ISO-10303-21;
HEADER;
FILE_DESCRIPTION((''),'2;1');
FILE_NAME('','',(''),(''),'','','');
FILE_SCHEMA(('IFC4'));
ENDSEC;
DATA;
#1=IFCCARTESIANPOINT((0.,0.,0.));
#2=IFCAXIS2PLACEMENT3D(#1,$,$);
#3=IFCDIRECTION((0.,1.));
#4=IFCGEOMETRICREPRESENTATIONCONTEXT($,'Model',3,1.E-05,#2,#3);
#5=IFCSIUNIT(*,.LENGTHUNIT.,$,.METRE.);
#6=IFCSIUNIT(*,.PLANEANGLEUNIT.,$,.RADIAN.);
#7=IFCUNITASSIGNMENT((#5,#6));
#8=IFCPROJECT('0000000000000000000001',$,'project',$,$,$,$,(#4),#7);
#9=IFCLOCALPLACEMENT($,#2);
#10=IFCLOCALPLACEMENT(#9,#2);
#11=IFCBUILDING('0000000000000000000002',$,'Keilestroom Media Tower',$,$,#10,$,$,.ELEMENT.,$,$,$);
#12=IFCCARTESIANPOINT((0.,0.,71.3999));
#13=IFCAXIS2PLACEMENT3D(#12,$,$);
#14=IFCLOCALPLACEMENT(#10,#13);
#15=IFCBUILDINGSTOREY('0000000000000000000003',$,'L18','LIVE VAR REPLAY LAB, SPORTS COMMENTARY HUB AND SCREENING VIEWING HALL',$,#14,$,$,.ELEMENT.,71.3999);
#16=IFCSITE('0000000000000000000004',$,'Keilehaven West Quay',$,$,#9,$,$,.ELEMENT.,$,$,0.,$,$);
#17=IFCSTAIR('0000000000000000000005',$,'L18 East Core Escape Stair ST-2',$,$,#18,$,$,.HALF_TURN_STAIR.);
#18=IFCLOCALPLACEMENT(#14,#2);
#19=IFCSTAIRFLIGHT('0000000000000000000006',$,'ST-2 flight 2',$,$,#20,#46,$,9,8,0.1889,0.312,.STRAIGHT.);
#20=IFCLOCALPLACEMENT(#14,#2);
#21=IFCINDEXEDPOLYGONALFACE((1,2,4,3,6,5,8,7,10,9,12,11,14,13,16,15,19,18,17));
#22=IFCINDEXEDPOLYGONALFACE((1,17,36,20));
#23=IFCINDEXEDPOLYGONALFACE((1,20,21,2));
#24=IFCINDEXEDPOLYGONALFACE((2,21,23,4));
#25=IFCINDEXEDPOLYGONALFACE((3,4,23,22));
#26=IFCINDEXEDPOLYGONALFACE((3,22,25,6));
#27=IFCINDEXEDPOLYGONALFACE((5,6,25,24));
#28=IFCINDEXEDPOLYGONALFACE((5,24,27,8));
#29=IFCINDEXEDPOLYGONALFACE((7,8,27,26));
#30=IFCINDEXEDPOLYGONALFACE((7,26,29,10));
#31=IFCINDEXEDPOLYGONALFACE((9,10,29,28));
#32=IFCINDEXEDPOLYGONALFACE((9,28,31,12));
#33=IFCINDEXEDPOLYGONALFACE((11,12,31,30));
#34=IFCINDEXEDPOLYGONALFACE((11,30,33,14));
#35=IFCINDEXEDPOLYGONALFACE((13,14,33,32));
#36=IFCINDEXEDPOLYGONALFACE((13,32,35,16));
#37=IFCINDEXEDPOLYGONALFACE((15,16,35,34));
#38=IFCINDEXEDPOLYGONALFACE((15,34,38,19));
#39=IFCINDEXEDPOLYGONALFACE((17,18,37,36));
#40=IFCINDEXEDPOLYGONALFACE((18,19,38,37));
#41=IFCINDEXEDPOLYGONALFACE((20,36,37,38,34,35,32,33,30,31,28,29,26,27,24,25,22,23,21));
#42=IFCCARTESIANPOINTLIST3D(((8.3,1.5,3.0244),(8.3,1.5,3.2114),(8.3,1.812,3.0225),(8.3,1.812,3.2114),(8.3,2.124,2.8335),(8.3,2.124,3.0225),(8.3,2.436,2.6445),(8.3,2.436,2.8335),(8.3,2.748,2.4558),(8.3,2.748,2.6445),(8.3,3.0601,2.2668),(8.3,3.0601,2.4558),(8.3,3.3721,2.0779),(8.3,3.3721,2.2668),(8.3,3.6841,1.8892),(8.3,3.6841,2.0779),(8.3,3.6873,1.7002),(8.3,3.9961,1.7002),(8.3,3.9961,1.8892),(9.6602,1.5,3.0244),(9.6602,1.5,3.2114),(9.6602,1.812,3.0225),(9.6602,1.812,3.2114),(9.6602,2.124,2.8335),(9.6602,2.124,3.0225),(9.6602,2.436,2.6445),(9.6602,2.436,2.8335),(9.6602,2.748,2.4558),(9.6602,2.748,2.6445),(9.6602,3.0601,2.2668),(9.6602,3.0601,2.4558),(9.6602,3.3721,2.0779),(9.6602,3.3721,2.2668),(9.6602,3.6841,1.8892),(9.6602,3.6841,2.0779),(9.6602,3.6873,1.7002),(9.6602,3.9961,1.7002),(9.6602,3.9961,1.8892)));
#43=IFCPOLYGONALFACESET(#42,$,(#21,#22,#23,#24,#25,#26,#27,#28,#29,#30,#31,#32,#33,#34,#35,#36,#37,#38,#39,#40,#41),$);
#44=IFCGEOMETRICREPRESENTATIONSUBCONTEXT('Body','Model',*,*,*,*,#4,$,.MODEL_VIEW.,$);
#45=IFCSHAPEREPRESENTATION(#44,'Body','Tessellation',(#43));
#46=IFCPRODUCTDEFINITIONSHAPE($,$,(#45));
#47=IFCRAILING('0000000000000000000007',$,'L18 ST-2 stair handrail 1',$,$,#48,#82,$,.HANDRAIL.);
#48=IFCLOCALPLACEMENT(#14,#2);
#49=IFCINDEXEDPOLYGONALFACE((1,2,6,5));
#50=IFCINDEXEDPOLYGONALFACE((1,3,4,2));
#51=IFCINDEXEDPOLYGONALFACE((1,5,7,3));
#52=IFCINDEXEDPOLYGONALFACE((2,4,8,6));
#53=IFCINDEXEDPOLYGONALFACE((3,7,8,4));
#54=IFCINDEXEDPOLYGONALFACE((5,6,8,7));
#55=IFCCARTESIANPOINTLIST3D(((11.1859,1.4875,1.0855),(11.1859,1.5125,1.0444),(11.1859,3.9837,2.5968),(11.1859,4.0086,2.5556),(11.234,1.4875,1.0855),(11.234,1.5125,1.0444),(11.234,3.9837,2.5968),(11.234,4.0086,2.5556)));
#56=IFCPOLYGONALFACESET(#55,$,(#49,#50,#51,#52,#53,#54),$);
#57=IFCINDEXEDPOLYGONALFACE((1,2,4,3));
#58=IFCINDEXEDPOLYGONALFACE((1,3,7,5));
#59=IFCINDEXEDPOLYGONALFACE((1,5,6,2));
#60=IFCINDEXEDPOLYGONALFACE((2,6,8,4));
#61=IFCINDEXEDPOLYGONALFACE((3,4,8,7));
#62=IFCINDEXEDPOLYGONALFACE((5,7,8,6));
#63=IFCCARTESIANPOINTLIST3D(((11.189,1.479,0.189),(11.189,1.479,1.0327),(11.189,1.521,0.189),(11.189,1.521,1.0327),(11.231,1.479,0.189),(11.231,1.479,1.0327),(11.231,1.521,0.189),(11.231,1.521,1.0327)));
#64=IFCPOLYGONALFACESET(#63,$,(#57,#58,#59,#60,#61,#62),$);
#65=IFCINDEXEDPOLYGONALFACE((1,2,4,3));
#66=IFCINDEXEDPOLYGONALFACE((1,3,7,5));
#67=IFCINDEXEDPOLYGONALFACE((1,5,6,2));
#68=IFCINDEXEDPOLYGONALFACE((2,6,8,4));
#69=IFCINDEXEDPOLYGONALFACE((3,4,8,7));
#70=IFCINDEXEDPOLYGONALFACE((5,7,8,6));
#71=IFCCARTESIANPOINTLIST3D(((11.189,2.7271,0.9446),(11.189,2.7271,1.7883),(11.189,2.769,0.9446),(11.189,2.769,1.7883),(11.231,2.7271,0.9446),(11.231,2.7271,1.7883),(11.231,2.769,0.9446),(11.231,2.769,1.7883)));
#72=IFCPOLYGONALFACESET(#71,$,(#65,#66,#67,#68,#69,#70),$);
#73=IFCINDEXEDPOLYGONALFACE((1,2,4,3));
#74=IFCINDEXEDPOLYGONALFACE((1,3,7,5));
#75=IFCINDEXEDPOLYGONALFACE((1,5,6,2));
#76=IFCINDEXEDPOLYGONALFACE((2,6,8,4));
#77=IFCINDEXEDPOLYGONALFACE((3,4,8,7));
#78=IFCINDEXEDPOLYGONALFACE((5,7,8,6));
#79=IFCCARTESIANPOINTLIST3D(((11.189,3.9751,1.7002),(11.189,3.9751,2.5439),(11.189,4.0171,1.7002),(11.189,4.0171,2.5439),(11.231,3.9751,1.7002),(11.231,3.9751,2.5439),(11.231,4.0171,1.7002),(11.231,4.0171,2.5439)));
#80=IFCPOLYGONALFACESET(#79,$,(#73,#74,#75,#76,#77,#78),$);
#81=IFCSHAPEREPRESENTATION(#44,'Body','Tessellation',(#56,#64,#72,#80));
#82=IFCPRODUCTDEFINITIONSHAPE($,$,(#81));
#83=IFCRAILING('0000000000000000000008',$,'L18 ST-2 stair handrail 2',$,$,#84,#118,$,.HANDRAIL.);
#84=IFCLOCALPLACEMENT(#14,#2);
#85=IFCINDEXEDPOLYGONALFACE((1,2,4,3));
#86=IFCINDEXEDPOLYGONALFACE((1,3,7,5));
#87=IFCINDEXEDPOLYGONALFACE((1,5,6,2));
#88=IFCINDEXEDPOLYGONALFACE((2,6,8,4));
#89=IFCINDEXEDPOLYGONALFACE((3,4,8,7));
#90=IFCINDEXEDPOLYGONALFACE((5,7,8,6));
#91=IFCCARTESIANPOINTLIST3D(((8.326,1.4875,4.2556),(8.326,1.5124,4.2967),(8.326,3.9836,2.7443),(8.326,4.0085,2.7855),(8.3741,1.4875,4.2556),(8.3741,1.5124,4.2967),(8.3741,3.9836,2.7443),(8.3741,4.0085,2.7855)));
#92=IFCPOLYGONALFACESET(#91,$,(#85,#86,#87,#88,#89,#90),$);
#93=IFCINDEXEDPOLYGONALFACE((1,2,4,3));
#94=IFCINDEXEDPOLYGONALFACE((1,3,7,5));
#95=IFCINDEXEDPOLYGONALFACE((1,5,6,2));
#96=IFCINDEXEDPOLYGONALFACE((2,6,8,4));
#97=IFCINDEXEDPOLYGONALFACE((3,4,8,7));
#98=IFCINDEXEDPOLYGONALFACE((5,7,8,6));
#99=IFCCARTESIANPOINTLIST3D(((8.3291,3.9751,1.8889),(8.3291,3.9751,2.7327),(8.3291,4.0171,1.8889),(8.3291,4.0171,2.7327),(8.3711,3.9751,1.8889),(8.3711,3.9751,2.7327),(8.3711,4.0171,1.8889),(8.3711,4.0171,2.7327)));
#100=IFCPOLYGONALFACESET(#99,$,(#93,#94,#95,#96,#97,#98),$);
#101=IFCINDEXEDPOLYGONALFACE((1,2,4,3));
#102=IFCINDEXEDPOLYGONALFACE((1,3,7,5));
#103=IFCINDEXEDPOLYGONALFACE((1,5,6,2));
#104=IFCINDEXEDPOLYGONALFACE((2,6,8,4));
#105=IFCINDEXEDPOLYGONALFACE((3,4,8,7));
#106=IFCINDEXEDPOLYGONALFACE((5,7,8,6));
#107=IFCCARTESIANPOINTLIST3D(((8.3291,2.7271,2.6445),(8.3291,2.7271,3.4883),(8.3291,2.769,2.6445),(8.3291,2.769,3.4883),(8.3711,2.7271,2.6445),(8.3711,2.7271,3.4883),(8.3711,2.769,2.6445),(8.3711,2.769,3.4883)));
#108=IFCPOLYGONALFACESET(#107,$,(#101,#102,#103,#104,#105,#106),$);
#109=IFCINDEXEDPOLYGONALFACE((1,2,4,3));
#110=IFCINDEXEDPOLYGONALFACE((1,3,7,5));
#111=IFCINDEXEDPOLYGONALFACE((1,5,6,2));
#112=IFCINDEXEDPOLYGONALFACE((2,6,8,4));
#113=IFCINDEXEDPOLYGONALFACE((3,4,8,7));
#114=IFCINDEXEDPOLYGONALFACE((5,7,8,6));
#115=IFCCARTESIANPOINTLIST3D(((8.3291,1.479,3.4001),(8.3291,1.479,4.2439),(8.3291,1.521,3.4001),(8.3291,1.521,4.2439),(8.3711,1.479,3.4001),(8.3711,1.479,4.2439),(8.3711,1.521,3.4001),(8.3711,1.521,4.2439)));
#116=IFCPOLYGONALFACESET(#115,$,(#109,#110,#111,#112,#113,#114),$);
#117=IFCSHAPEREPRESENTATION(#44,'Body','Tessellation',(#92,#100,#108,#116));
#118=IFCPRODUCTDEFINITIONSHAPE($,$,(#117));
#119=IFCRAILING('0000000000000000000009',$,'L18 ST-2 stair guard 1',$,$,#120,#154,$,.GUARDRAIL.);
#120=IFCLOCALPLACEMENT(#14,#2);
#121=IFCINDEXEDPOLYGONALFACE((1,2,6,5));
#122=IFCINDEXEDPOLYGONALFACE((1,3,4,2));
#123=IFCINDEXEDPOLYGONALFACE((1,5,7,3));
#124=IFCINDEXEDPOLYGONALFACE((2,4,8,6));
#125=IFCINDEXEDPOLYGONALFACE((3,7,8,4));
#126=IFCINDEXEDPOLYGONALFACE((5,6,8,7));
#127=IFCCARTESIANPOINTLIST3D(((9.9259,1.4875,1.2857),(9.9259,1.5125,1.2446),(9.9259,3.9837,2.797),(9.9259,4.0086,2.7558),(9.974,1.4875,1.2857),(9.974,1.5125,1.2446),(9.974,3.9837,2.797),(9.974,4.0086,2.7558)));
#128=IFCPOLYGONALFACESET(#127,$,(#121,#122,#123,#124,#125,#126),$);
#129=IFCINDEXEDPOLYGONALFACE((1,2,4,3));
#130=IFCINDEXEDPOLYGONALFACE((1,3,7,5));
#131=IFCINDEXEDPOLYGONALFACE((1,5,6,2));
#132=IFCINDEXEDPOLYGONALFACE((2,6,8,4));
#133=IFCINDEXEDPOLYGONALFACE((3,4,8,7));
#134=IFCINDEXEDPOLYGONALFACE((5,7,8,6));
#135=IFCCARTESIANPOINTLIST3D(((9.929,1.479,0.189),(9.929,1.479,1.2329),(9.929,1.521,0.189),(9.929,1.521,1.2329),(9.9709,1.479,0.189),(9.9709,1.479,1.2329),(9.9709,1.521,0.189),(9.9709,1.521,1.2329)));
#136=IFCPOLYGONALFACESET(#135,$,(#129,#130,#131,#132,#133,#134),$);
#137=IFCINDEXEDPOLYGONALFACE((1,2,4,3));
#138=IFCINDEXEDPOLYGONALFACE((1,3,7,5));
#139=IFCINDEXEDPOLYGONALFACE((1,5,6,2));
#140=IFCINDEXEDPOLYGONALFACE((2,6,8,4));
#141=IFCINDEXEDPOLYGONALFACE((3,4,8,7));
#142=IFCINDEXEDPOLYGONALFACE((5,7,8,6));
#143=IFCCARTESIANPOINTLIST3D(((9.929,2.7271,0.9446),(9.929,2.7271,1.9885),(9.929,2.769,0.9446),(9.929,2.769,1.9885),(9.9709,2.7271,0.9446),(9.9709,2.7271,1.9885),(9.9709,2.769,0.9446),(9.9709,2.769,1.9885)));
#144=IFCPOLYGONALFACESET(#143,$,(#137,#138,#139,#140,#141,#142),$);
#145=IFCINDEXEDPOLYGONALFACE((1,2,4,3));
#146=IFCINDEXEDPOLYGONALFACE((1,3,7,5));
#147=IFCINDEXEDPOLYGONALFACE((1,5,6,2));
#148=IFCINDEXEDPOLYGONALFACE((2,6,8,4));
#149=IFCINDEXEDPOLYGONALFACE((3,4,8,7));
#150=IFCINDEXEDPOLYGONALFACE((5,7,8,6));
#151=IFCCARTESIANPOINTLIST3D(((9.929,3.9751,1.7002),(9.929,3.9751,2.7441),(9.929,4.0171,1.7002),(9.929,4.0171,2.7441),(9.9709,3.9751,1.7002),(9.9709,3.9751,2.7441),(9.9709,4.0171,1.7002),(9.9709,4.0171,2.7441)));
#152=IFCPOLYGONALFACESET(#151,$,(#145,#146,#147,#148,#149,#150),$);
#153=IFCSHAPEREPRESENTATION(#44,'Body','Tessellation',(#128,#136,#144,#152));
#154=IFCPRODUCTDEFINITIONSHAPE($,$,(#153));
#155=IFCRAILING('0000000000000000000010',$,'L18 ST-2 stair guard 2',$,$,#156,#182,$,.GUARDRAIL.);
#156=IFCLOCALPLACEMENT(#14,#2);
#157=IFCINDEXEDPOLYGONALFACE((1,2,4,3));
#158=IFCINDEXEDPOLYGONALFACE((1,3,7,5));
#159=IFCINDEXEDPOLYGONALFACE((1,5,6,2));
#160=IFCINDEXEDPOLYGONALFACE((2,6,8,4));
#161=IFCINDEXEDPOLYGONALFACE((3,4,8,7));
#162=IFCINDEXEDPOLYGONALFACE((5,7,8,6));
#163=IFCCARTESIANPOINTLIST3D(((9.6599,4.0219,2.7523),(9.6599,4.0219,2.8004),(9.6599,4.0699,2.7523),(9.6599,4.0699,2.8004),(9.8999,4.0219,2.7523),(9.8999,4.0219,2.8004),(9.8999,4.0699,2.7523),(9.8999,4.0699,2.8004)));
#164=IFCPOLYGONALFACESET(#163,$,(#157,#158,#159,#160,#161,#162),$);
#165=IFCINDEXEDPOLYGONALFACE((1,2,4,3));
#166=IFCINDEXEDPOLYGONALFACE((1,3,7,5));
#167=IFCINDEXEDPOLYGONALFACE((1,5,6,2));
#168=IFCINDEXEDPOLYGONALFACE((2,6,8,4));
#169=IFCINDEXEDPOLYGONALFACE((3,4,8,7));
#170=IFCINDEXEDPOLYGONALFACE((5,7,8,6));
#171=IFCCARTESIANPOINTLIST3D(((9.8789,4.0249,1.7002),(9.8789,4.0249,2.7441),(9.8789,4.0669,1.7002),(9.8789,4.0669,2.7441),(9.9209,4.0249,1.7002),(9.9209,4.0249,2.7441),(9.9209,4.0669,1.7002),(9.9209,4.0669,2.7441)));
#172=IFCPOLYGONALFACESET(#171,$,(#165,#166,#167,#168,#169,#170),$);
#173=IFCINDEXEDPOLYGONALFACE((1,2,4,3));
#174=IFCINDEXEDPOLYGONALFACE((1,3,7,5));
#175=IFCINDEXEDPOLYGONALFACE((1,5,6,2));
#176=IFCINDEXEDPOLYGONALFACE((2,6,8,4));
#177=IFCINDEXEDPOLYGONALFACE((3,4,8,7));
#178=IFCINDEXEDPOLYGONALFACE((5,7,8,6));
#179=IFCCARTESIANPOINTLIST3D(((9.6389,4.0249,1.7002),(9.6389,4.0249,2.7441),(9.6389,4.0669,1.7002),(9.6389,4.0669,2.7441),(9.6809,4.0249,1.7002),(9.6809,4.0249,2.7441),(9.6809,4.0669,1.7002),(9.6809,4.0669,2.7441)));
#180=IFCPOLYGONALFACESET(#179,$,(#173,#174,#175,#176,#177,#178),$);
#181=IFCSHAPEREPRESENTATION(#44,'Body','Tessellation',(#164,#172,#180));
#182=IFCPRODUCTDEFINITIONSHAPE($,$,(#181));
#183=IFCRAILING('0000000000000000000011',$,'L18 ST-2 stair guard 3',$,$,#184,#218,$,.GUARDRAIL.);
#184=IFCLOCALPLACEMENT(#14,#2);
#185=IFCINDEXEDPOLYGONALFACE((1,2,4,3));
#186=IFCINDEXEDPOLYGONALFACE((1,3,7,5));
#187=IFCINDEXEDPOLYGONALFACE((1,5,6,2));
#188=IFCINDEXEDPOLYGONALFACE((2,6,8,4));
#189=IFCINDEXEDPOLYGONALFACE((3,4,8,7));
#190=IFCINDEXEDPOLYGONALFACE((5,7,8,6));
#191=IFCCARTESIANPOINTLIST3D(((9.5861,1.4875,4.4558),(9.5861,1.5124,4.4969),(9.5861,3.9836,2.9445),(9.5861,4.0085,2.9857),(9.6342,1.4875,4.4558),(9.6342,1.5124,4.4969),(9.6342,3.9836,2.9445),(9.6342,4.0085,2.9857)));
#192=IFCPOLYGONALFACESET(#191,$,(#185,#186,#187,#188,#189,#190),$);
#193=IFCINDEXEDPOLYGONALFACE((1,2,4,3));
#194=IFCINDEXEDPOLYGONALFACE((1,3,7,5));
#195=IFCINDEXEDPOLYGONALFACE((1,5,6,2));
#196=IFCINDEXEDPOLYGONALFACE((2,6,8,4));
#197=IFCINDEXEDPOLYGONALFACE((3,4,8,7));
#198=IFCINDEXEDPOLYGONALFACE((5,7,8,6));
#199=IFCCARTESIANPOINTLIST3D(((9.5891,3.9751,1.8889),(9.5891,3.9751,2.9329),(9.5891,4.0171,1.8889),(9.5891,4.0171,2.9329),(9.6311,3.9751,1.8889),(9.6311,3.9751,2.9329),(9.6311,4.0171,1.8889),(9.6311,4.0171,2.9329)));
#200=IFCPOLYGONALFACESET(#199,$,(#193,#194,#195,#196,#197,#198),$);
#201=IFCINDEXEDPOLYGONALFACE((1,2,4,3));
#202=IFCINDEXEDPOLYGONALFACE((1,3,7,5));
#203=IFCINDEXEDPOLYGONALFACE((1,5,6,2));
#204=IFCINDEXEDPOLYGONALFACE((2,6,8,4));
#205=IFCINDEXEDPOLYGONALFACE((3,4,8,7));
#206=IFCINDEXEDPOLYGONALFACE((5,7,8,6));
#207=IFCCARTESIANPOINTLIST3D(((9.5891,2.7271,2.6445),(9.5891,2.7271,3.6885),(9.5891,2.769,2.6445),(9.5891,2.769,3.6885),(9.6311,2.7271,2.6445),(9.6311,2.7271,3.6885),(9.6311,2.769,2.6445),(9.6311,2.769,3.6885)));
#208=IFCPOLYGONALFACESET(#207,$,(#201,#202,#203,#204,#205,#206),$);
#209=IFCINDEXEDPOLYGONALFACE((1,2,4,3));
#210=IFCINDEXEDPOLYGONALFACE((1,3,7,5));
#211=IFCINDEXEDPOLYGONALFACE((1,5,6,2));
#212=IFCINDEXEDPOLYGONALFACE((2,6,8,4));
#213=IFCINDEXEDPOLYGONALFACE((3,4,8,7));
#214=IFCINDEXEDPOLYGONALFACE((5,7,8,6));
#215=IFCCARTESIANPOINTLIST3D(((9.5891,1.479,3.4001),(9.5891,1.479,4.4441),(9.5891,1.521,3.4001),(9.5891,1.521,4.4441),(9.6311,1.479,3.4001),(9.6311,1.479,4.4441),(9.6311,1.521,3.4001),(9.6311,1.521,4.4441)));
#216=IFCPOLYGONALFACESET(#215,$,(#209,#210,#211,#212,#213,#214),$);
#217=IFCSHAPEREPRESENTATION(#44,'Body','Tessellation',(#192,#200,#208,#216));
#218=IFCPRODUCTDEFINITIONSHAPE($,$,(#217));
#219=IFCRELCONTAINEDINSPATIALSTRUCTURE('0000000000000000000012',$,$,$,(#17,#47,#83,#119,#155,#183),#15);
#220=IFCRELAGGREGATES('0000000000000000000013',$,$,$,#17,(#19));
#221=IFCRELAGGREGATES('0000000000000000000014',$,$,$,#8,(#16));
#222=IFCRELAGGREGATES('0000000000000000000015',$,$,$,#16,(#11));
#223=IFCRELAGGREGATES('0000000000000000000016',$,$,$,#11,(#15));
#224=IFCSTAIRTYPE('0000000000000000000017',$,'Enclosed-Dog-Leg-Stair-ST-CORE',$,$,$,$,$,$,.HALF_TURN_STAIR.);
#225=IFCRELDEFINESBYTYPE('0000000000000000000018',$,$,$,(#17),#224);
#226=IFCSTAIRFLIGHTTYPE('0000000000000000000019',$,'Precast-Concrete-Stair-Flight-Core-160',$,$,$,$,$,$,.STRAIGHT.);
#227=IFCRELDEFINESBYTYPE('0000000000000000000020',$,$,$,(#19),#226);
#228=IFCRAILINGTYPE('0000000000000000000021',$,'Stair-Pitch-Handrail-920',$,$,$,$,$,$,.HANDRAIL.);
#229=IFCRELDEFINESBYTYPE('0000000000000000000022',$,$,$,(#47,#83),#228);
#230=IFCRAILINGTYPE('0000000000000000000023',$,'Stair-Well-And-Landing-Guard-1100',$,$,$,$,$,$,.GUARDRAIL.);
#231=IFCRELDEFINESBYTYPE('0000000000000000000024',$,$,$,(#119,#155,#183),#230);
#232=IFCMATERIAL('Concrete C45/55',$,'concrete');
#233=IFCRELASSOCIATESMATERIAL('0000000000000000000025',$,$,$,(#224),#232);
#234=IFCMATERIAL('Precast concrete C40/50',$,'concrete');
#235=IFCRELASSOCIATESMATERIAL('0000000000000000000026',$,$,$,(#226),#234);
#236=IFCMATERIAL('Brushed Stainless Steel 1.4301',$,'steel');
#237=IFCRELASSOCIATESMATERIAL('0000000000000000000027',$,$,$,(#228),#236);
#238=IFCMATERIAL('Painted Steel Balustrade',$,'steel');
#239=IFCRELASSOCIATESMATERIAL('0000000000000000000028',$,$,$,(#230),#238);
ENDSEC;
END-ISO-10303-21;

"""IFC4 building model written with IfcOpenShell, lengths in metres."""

from ifc_helpers import new_model, si_unit, direction, frame, origin, origin_2d, place, context, subcontext, project, spatial, polyline, rectangle, outline, extrude, material, type_object, element, aggregate, save


model = new_model("IFC4")

# Units and contexts
model_context = context("Model", 3, precision=1e-05, world=origin(), true_north=direction((0.0, 1.0)))
body_context = subcontext(model_context, "Body", "Model", "MODEL_VIEW")
ifc_project = project(units=[si_unit("LENGTHUNIT", "METRE"), si_unit("PLANEANGLEUNIT", "RADIAN")], contexts=[model_context])

# Site, building, storey
site_placement = place(None, origin())
site = spatial("IfcSite", under=ifc_project, at=site_placement, Name="Keilehaven West Quay", CompositionType="ELEMENT", RefElevation=0.0)
building_placement = place(site_placement, origin())
building = spatial("IfcBuilding", under=site, at=building_placement, Name="Keilestroom Media Tower", CompositionType="ELEMENT")
storey_placement = place(building_placement, frame((0.0, 0.0, 71.3999)))
storey = spatial("IfcBuildingStorey", under=building, at=storey_placement, Name="L18", Description="LIVE VAR REPLAY LAB, SPORTS COMMENTARY HUB AND SCREENING VIEWING HALL", CompositionType="ELEMENT", Elevation=71.3999)

# Stair
ifc_material_1 = material(Name="Concrete C45/55", Category="concrete")
stair_type = type_object("IfcStairType", Name="Enclosed-Dog-Leg-Stair-ST-CORE", PredefinedType="HALF_TURN_STAIR", material=ifc_material_1)
stair_1_placement = place(storey_placement, origin())
stair_1 = element("IfcStair", 1, at=stair_1_placement, inside=storey, type_object=stair_type, Name="L18 East Core Escape Stair ST-2", PredefinedType="HALF_TURN_STAIR")

# Shared definitions
ifc_material_2 = material(Name="Precast concrete C40/50", Category="concrete")

# Stair flight
stair_flight_type = type_object("IfcStairFlightType", Name="Precast-Concrete-Stair-Flight-Core-160", PredefinedType="STRAIGHT", material=ifc_material_2)
stair_flight_1_placement = place(storey_placement, frame((8.98, 3.9961, 1.7002), z_axis=(0.0, 0.0, 1.0), x_axis=(0.0, -1.0, 0.0)))
stair_flight_1 = element("IfcStairFlight", 2, at=stair_flight_1_placement, type_object=stair_flight_type, Name="ST-2 flight 2", NumberOfRisers=9, NumberOfTreads=8, PredefinedType="STRAIGHT", RiserHeight=0.1889, TreadLength=0.312, context=body_context, shape_type="SweptSolid", body=[
    extrude(outline(polyline([(0.0, 0.0), (0.0, 0.189), (0.312, 0.189), (0.312, 0.3777), (0.624, 0.3777), (0.624, 0.5667), (0.936, 0.5667), (0.936, 0.7556), (1.248, 0.7556), (1.248, 0.9443), (1.5601, 0.9443), (1.5601, 1.1333), (1.8721, 1.1333), (1.8721, 1.3223), (2.1841, 1.3223), (2.1841, 1.5112), (2.4961, 1.5112), (2.4961, 1.7), (2.4961, 1.3242), (0.3088, 0.0), (0.0, 0.0)])), frame((0.0, 0.6802, 0.0), z_axis=(0.0, -1.0, 0.0), x_axis=(1.0, 0.0, 0.0)), (0.0, 0.0, 1.0), 1.3601),
])
aggregate(stair_1, [stair_flight_1])

# Railings
ifc_material_3 = material(Name="Brushed Stainless Steel 1.4301", Category="steel")
railing_type_1 = type_object("IfcRailingType", Name="Stair-Pitch-Handrail-920", PredefinedType="HANDRAIL", material=ifc_material_3)
railing_1_placement = place(storey_placement, frame((11.21, 1.5, 0.189)))
element("IfcRailing", 3, at=railing_1_placement, inside=storey, type_object=railing_type_1, Name="L18 ST-2 stair handrail 1", PredefinedType="HANDRAIL", context=body_context, shape_type="SweptSolid", body=[
    extrude(rectangle(XDim=0.0481, YDim=0.0481, at=origin_2d()), frame((0.0, 0.0, 0.876), z_axis=(0.0, 0.855434, 0.517912), x_axis=(-1.0, 0.0, 0.0)), (0.0, 0.0, 1.0), 2.918),
    extrude(rectangle(XDim=0.042, YDim=0.042, at=origin_2d()), origin(), (0.0, 0.0, 1.0), 0.8438),
    extrude(rectangle(XDim=0.042, YDim=0.042, at=origin_2d()), frame((0.0, 1.248, 0.7556)), (0.0, 0.0, 1.0), 0.8438),
    extrude(rectangle(XDim=0.042, YDim=0.042, at=origin_2d()), frame((0.0, 2.4961, 1.5112)), (0.0, 0.0, 1.0), 0.8438),
])
railing_2_placement = place(storey_placement, frame((8.3501, 3.9961, 1.8889)))
element("IfcRailing", 4, at=railing_2_placement, inside=storey, type_object=railing_type_1, Name="L18 ST-2 stair handrail 2", PredefinedType="HANDRAIL", context=body_context, shape_type="SweptSolid", body=[
    extrude(rectangle(XDim=0.0481, YDim=0.0481, at=origin_2d()), frame((0.0, 0.0, 0.876), z_axis=(0.0, -0.855434, 0.517912), x_axis=(1.0, 0.0, 0.0)), (0.0, 0.0, 1.0), 2.918),
    extrude(rectangle(XDim=0.042, YDim=0.042, at=origin_2d()), origin(), (0.0, 0.0, 1.0), 0.8438),
    extrude(rectangle(XDim=0.042, YDim=0.042, at=origin_2d()), frame((0.0, -1.248, 0.7556)), (0.0, 0.0, 1.0), 0.8438),
    extrude(rectangle(XDim=0.042, YDim=0.042, at=origin_2d()), frame((0.0, -2.4961, 1.5112)), (0.0, 0.0, 1.0), 0.8438),
])
ifc_material_4 = material(Name="Painted Steel Balustrade", Category="steel")
railing_type_2 = type_object("IfcRailingType", Name="Stair-Well-And-Landing-Guard-1100", PredefinedType="GUARDRAIL", material=ifc_material_4)
railing_3_placement = place(storey_placement, frame((9.95, 1.5, 0.189)))
element("IfcRailing", 5, at=railing_3_placement, inside=storey, type_object=railing_type_2, Name="L18 ST-2 stair guard 1", PredefinedType="GUARDRAIL", context=body_context, shape_type="SweptSolid", body=[
    extrude(rectangle(XDim=0.0481, YDim=0.0481, at=origin_2d()), frame((0.0, 0.0, 1.0762), z_axis=(0.0, 0.855434, 0.517912), x_axis=(-1.0, 0.0, 0.0)), (0.0, 0.0, 1.0), 2.918),
    extrude(rectangle(XDim=0.042, YDim=0.042, at=origin_2d()), origin(), (0.0, 0.0, 1.0), 1.0439),
    extrude(rectangle(XDim=0.042, YDim=0.042, at=origin_2d()), frame((0.0, 1.248, 0.7556)), (0.0, 0.0, 1.0), 1.0439),
    extrude(rectangle(XDim=0.042, YDim=0.042, at=origin_2d()), frame((0.0, 2.4961, 1.5112)), (0.0, 0.0, 1.0), 1.0439),
])
railing_4_placement = place(storey_placement, frame((9.8999, 4.0459, 1.7002)))
element("IfcRailing", 6, at=railing_4_placement, inside=storey, type_object=railing_type_2, Name="L18 ST-2 stair guard 2", PredefinedType="GUARDRAIL", context=body_context, shape_type="SweptSolid", body=[
    extrude(rectangle(XDim=0.0481, YDim=0.0481, at=origin_2d()), frame((0.0, 0.0, 1.0762), z_axis=(-1.0, 0.0, 0.0), x_axis=(0.0, -1.0, 0.0)), (0.0, 0.0, 1.0), 0.24),
    extrude(rectangle(XDim=0.042, YDim=0.042, at=origin_2d()), origin(), (0.0, 0.0, 1.0), 1.0439),
    extrude(rectangle(XDim=0.042, YDim=0.042, at=origin_2d()), frame((-0.24, 0.0, 0.0)), (0.0, 0.0, 1.0), 1.0439),
])
railing_5_placement = place(storey_placement, frame((9.6101, 3.9961, 1.8889)))
element("IfcRailing", 7, at=railing_5_placement, inside=storey, type_object=railing_type_2, Name="L18 ST-2 stair guard 3", PredefinedType="GUARDRAIL", context=body_context, shape_type="SweptSolid", body=[
    extrude(rectangle(XDim=0.0481, YDim=0.0481, at=origin_2d()), frame((0.0, 0.0, 1.0762), z_axis=(0.0, -0.855434, 0.517912), x_axis=(1.0, 0.0, 0.0)), (0.0, 0.0, 1.0), 2.918),
    extrude(rectangle(XDim=0.042, YDim=0.042, at=origin_2d()), origin(), (0.0, 0.0, 1.0), 1.0439),
    extrude(rectangle(XDim=0.042, YDim=0.042, at=origin_2d()), frame((0.0, -1.248, 0.7556)), (0.0, 0.0, 1.0), 1.0439),
    extrude(rectangle(XDim=0.042, YDim=0.042, at=origin_2d()), frame((0.0, -2.4961, 1.5112)), (0.0, 0.0, 1.0), 1.0439),
])

save(model, "model.ifc")
